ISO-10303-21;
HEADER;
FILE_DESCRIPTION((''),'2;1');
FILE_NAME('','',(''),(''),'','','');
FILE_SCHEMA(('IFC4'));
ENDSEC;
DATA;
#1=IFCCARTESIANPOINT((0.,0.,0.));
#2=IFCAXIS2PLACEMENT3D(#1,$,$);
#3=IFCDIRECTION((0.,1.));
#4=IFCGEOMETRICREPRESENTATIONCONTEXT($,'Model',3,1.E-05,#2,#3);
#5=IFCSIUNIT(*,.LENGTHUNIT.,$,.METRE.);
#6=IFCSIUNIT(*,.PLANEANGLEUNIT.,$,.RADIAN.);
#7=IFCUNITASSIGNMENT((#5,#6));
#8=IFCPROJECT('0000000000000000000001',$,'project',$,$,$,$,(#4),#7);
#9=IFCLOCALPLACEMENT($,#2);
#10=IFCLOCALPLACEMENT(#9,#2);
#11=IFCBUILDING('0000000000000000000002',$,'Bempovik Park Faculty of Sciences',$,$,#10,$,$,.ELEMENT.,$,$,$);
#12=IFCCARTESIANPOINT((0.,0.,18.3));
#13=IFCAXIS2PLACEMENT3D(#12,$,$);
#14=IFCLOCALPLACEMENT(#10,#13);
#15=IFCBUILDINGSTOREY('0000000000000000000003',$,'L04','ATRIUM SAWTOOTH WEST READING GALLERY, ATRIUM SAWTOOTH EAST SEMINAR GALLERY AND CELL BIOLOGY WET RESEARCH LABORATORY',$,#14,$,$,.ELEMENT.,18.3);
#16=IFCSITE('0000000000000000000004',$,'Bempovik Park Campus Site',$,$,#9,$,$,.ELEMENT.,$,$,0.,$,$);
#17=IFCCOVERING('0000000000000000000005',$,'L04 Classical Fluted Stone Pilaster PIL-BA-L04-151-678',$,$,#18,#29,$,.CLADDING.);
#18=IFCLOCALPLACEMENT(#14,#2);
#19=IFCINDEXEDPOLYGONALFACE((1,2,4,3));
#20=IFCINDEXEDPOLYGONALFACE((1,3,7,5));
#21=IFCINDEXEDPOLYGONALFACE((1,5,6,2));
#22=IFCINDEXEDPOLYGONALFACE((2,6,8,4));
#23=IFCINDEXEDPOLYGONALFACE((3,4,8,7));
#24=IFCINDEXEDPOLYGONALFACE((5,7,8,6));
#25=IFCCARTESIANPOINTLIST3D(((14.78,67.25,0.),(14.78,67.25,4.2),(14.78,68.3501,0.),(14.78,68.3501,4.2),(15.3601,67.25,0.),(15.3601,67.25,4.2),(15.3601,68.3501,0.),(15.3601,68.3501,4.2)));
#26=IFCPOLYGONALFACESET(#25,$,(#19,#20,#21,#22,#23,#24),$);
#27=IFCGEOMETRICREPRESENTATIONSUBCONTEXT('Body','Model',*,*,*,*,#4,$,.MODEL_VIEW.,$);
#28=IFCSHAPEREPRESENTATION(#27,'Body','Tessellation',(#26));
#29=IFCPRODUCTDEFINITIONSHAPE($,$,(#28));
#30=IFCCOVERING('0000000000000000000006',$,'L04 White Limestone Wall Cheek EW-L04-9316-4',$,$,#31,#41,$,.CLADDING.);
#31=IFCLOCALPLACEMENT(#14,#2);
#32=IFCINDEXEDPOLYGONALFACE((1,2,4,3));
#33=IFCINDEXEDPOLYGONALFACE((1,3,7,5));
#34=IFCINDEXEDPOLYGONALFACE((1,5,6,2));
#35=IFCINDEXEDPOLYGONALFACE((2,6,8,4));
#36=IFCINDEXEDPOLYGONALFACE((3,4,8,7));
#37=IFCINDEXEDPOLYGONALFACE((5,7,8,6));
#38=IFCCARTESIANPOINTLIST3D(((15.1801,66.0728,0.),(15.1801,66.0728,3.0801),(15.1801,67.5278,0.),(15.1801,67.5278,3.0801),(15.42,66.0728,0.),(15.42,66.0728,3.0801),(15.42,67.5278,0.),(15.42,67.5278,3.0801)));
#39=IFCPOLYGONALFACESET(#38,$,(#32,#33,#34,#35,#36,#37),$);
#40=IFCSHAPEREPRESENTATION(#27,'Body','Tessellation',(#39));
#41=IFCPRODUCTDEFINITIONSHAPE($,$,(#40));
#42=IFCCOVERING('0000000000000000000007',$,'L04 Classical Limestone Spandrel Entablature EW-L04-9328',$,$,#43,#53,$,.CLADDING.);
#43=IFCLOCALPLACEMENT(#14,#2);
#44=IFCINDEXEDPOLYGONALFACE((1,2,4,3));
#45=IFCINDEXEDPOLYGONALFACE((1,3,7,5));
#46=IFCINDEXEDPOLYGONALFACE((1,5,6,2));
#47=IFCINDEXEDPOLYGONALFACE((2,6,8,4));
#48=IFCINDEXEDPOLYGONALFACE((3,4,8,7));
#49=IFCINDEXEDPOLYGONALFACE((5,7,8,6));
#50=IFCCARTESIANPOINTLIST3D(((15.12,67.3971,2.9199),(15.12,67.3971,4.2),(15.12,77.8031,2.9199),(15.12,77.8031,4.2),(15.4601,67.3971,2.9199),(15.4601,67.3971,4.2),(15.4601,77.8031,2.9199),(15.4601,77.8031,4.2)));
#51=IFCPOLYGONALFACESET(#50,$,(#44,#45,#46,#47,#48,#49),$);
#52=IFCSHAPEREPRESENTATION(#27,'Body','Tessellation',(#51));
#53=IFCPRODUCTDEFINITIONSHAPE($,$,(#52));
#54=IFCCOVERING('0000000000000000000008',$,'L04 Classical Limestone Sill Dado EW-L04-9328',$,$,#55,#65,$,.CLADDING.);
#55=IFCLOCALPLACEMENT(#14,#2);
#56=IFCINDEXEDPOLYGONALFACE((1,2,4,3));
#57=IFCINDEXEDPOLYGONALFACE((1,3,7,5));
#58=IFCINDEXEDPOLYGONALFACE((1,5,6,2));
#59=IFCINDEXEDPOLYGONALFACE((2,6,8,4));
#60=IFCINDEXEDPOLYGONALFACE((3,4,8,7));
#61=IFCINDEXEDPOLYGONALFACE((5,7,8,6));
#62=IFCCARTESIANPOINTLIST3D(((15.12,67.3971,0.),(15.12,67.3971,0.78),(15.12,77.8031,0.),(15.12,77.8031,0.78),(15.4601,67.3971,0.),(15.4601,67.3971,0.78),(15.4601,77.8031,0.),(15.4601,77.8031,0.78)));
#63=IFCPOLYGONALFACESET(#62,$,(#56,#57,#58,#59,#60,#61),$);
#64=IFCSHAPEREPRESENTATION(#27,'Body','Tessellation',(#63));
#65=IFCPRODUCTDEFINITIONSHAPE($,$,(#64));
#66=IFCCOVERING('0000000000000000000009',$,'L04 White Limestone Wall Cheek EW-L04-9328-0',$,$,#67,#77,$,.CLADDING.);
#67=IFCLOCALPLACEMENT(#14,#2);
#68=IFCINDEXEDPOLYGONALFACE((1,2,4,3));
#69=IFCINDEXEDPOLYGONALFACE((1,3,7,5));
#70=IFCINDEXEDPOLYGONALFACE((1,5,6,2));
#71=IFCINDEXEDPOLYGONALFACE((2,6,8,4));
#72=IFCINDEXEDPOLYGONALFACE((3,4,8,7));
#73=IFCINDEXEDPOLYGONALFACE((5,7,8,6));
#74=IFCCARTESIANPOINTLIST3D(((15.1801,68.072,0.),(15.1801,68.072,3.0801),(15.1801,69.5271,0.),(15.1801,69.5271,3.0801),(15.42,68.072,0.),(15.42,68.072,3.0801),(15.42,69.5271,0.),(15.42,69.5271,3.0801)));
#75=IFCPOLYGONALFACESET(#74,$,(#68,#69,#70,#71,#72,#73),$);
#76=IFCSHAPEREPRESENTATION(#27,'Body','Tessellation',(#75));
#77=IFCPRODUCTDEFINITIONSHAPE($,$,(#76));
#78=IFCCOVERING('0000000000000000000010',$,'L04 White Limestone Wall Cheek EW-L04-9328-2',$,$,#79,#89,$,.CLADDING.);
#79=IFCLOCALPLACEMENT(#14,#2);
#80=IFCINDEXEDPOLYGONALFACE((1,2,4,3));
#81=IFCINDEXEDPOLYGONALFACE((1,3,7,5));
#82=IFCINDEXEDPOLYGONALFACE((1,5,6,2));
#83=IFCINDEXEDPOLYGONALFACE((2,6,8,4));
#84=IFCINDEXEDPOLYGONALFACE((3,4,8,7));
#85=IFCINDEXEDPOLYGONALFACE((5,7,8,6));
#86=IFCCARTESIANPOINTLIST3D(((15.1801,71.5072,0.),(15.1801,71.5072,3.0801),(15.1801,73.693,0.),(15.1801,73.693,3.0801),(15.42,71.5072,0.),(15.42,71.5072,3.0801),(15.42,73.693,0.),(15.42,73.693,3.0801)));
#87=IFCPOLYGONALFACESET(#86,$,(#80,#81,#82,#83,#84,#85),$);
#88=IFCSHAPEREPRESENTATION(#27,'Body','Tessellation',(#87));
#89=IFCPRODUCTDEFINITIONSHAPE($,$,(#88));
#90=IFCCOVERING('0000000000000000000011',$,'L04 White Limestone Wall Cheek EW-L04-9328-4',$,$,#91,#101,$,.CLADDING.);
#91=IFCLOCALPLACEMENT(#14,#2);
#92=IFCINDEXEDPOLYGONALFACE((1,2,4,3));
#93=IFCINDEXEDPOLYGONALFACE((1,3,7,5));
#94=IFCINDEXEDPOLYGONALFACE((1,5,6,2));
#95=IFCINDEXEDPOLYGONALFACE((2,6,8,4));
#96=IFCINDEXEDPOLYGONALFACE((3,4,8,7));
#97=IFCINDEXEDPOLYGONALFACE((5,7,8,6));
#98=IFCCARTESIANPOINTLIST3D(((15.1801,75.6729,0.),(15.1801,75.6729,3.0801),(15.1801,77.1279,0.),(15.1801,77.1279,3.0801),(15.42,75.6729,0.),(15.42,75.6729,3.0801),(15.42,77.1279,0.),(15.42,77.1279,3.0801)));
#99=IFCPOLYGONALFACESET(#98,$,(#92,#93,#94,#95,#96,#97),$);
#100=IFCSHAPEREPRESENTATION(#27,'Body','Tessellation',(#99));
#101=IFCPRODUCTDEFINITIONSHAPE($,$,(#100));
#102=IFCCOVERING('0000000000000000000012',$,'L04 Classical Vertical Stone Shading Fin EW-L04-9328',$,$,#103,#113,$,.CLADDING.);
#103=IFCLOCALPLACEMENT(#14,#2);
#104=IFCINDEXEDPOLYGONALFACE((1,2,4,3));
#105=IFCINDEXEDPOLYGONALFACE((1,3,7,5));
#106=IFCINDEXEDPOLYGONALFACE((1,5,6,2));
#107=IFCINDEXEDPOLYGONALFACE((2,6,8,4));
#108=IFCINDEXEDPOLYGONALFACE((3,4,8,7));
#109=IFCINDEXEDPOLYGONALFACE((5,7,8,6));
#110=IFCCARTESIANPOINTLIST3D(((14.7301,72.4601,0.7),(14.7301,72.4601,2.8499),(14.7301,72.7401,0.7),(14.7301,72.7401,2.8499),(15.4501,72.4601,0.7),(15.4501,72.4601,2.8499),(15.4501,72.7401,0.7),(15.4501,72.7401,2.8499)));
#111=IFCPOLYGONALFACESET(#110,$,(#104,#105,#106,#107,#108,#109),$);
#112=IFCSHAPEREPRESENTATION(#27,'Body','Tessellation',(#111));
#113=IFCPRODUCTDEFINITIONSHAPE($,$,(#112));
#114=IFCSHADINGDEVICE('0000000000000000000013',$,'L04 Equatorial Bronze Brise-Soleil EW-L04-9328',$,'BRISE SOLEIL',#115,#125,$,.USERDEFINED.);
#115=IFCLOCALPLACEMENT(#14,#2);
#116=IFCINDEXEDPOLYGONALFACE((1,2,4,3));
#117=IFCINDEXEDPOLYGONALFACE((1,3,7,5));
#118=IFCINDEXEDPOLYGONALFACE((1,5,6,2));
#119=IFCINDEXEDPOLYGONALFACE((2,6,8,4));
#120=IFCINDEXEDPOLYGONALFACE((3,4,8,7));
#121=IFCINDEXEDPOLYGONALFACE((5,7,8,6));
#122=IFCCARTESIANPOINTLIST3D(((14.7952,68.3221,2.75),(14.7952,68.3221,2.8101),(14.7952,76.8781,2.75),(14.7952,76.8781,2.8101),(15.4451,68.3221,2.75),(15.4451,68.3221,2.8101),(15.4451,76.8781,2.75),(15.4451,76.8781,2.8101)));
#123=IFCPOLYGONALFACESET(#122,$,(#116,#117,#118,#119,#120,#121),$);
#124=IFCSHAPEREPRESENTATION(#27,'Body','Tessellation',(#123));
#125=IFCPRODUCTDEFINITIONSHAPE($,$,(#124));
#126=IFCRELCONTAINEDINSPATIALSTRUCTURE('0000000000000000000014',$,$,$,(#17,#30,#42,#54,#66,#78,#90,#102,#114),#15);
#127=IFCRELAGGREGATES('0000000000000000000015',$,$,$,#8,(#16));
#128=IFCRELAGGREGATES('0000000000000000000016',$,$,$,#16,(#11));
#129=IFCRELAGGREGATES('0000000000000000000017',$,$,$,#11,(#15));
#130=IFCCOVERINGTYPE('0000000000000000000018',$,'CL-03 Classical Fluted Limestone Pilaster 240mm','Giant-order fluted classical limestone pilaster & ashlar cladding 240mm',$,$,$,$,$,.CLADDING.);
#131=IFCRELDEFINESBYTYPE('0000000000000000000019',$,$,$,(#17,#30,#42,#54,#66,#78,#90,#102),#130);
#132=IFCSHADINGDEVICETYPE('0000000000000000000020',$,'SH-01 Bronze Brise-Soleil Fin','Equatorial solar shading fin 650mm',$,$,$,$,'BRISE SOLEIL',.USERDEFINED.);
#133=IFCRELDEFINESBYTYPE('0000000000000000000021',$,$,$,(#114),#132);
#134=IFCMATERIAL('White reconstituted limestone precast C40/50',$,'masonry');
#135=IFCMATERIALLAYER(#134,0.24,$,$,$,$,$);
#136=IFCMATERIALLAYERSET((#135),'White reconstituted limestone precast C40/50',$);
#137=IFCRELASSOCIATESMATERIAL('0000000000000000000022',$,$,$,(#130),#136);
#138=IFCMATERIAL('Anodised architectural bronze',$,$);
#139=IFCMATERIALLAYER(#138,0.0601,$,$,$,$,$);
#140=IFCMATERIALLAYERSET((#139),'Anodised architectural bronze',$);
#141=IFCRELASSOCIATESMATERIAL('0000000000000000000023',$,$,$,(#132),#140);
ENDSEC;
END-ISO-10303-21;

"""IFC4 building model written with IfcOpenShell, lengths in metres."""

from ifc_helpers import new_model, si_unit, direction, frame, origin, origin_2d, place, context, subcontext, project, spatial, rectangle, extrude, material, layer, layer_set, type_object, element, save


model = new_model("IFC4")

# Units and contexts
model_context = context("Model", 3, precision=1e-05, world=origin(), true_north=direction((0.0, 1.0)))
body_context = subcontext(model_context, "Body", "Model", "MODEL_VIEW")
ifc_project = project(units=[si_unit("LENGTHUNIT", "METRE"), si_unit("PLANEANGLEUNIT", "RADIAN")], contexts=[model_context])

# Site, building, storey
site_placement = place(None, origin())
site = spatial("IfcSite", under=ifc_project, at=site_placement, Name="Bempovik Park Campus Site", CompositionType="ELEMENT", RefElevation=0.0)
building_placement = place(site_placement, origin())
building = spatial("IfcBuilding", under=site, at=building_placement, Name="Bempovik Park Faculty of Sciences", CompositionType="ELEMENT")
storey_placement = place(building_placement, frame((0.0, 0.0, 18.3)))
storey = spatial("IfcBuildingStorey", under=building, at=storey_placement, Name="L04", Description="ATRIUM SAWTOOTH WEST READING GALLERY, ATRIUM SAWTOOTH EAST SEMINAR GALLERY AND CELL BIOLOGY WET RESEARCH LABORATORY", CompositionType="ELEMENT", Elevation=18.3)

# Coverings
ifc_material_1 = material(Name="White reconstituted limestone precast C40/50", Category="masonry")
ifc_layer_1 = layer(ifc_material_1, 0.24)
ifc_layer_set_1 = layer_set([ifc_layer_1], Name="White reconstituted limestone precast C40/50")
covering_type_1 = type_object("IfcCoveringType", Name="CL-03 Classical Fluted Limestone Pilaster 240mm", Description="Giant-order fluted classical limestone pilaster & ashlar cladding 240mm", PredefinedType="CLADDING", material=ifc_layer_set_1)
covering_1_placement = place(storey_placement, frame((15.0701, 67.8, 0.0), z_axis=(0.0, 0.0, 1.0), x_axis=(1.0, 0.0, 0.0)))
element("IfcCovering", 1, at=covering_1_placement, inside=storey, type_object=covering_type_1, Name="L04 Classical Fluted Stone Pilaster PIL-BA-L04-151-678", PredefinedType="CLADDING", context=body_context, shape_type="SweptSolid", body=[
    extrude(rectangle(XDim=0.5801, YDim=1.1001, at=origin_2d()), origin(), (0.0, 0.0, 1.0), 4.2),
])
covering_2_placement = place(storey_placement, frame((15.3, 66.8003, 0.0), z_axis=(0.0, 0.0, 1.0), x_axis=(1.0, 0.0, 0.0)))
element("IfcCovering", 2, at=covering_2_placement, inside=storey, type_object=covering_type_1, Name="L04 White Limestone Wall Cheek EW-L04-9316-4", PredefinedType="CLADDING", context=body_context, shape_type="SweptSolid", body=[
    extrude(rectangle(XDim=0.24, YDim=1.4551, at=origin_2d()), origin(), (0.0, 0.0, 1.0), 3.0801),
])
covering_3_placement = place(storey_placement, frame((15.29, 72.6001, 2.9199), z_axis=(0.0, 0.0, 1.0), x_axis=(1.0, 0.0, 0.0)))
element("IfcCovering", 3, at=covering_3_placement, inside=storey, type_object=covering_type_1, Name="L04 Classical Limestone Spandrel Entablature EW-L04-9328", PredefinedType="CLADDING", context=body_context, shape_type="SweptSolid", body=[
    extrude(rectangle(XDim=0.3401, YDim=10.406, at=origin_2d()), origin(), (0.0, 0.0, 1.0), 1.28),
])
covering_4_placement = place(storey_placement, frame((15.29, 72.6001, 0.0), z_axis=(0.0, 0.0, 1.0), x_axis=(1.0, 0.0, 0.0)))
element("IfcCovering", 4, at=covering_4_placement, inside=storey, type_object=covering_type_1, Name="L04 Classical Limestone Sill Dado EW-L04-9328", PredefinedType="CLADDING", context=body_context, shape_type="SweptSolid", body=[
    extrude(rectangle(XDim=0.3401, YDim=10.406, at=origin_2d()), origin(), (0.0, 0.0, 1.0), 0.78),
])
covering_5_placement = place(storey_placement, frame((15.3, 68.7996, 0.0), z_axis=(0.0, 0.0, 1.0), x_axis=(1.0, 0.0, 0.0)))
element("IfcCovering", 5, at=covering_5_placement, inside=storey, type_object=covering_type_1, Name="L04 White Limestone Wall Cheek EW-L04-9328-0", PredefinedType="CLADDING", context=body_context, shape_type="SweptSolid", body=[
    extrude(rectangle(XDim=0.24, YDim=1.4551, at=origin_2d()), origin(), (0.0, 0.0, 1.0), 3.0801),
])
covering_6_placement = place(storey_placement, frame((15.3, 72.6001, 0.0), z_axis=(0.0, 0.0, 1.0), x_axis=(1.0, 0.0, 0.0)))
element("IfcCovering", 6, at=covering_6_placement, inside=storey, type_object=covering_type_1, Name="L04 White Limestone Wall Cheek EW-L04-9328-2", PredefinedType="CLADDING", context=body_context, shape_type="SweptSolid", body=[
    extrude(rectangle(XDim=0.24, YDim=2.1858, at=origin_2d()), origin(), (0.0, 0.0, 1.0), 3.0801),
])
covering_7_placement = place(storey_placement, frame((15.3, 76.4004, 0.0), z_axis=(0.0, 0.0, 1.0), x_axis=(1.0, 0.0, 0.0)))
element("IfcCovering", 7, at=covering_7_placement, inside=storey, type_object=covering_type_1, Name="L04 White Limestone Wall Cheek EW-L04-9328-4", PredefinedType="CLADDING", context=body_context, shape_type="SweptSolid", body=[
    extrude(rectangle(XDim=0.24, YDim=1.4551, at=origin_2d()), origin(), (0.0, 0.0, 1.0), 3.0801),
])
covering_8_placement = place(storey_placement, frame((15.0901, 72.6001, 0.7), z_axis=(0.0, 0.0, 1.0), x_axis=(1.0, 0.0, 0.0)))
element("IfcCovering", 8, at=covering_8_placement, inside=storey, type_object=covering_type_1, Name="L04 Classical Vertical Stone Shading Fin EW-L04-9328", PredefinedType="CLADDING", context=body_context, shape_type="SweptSolid", body=[
    extrude(rectangle(XDim=0.72, YDim=0.28, at=origin_2d()), origin(), (0.0, 0.0, 1.0), 2.1499),
])

# Shading device
ifc_material_2 = material(Name="Anodised architectural bronze")
ifc_layer_2 = layer(ifc_material_2, 0.0601)
ifc_layer_set_2 = layer_set([ifc_layer_2], Name="Anodised architectural bronze")
shading_device_type = type_object("IfcShadingDeviceType", Name="SH-01 Bronze Brise-Soleil Fin", Description="Equatorial solar shading fin 650mm", ElementType="BRISE SOLEIL", PredefinedType="USERDEFINED", material=ifc_layer_set_2)
shading_device_placement = place(storey_placement, frame((15.1201, 72.6001, 2.75), z_axis=(0.0, 0.0, 1.0), x_axis=(1.0, 0.0, 0.0)))
element("IfcShadingDevice", 9, at=shading_device_placement, inside=storey, type_object=shading_device_type, Name="L04 Equatorial Bronze Brise-Soleil EW-L04-9328", ObjectType="BRISE SOLEIL", PredefinedType="USERDEFINED", context=body_context, shape_type="SweptSolid", body=[
    extrude(rectangle(XDim=0.6499, YDim=8.5559, at=origin_2d()), origin(), (0.0, 0.0, 1.0), 0.0601),
])

save(model, "model.ifc")
